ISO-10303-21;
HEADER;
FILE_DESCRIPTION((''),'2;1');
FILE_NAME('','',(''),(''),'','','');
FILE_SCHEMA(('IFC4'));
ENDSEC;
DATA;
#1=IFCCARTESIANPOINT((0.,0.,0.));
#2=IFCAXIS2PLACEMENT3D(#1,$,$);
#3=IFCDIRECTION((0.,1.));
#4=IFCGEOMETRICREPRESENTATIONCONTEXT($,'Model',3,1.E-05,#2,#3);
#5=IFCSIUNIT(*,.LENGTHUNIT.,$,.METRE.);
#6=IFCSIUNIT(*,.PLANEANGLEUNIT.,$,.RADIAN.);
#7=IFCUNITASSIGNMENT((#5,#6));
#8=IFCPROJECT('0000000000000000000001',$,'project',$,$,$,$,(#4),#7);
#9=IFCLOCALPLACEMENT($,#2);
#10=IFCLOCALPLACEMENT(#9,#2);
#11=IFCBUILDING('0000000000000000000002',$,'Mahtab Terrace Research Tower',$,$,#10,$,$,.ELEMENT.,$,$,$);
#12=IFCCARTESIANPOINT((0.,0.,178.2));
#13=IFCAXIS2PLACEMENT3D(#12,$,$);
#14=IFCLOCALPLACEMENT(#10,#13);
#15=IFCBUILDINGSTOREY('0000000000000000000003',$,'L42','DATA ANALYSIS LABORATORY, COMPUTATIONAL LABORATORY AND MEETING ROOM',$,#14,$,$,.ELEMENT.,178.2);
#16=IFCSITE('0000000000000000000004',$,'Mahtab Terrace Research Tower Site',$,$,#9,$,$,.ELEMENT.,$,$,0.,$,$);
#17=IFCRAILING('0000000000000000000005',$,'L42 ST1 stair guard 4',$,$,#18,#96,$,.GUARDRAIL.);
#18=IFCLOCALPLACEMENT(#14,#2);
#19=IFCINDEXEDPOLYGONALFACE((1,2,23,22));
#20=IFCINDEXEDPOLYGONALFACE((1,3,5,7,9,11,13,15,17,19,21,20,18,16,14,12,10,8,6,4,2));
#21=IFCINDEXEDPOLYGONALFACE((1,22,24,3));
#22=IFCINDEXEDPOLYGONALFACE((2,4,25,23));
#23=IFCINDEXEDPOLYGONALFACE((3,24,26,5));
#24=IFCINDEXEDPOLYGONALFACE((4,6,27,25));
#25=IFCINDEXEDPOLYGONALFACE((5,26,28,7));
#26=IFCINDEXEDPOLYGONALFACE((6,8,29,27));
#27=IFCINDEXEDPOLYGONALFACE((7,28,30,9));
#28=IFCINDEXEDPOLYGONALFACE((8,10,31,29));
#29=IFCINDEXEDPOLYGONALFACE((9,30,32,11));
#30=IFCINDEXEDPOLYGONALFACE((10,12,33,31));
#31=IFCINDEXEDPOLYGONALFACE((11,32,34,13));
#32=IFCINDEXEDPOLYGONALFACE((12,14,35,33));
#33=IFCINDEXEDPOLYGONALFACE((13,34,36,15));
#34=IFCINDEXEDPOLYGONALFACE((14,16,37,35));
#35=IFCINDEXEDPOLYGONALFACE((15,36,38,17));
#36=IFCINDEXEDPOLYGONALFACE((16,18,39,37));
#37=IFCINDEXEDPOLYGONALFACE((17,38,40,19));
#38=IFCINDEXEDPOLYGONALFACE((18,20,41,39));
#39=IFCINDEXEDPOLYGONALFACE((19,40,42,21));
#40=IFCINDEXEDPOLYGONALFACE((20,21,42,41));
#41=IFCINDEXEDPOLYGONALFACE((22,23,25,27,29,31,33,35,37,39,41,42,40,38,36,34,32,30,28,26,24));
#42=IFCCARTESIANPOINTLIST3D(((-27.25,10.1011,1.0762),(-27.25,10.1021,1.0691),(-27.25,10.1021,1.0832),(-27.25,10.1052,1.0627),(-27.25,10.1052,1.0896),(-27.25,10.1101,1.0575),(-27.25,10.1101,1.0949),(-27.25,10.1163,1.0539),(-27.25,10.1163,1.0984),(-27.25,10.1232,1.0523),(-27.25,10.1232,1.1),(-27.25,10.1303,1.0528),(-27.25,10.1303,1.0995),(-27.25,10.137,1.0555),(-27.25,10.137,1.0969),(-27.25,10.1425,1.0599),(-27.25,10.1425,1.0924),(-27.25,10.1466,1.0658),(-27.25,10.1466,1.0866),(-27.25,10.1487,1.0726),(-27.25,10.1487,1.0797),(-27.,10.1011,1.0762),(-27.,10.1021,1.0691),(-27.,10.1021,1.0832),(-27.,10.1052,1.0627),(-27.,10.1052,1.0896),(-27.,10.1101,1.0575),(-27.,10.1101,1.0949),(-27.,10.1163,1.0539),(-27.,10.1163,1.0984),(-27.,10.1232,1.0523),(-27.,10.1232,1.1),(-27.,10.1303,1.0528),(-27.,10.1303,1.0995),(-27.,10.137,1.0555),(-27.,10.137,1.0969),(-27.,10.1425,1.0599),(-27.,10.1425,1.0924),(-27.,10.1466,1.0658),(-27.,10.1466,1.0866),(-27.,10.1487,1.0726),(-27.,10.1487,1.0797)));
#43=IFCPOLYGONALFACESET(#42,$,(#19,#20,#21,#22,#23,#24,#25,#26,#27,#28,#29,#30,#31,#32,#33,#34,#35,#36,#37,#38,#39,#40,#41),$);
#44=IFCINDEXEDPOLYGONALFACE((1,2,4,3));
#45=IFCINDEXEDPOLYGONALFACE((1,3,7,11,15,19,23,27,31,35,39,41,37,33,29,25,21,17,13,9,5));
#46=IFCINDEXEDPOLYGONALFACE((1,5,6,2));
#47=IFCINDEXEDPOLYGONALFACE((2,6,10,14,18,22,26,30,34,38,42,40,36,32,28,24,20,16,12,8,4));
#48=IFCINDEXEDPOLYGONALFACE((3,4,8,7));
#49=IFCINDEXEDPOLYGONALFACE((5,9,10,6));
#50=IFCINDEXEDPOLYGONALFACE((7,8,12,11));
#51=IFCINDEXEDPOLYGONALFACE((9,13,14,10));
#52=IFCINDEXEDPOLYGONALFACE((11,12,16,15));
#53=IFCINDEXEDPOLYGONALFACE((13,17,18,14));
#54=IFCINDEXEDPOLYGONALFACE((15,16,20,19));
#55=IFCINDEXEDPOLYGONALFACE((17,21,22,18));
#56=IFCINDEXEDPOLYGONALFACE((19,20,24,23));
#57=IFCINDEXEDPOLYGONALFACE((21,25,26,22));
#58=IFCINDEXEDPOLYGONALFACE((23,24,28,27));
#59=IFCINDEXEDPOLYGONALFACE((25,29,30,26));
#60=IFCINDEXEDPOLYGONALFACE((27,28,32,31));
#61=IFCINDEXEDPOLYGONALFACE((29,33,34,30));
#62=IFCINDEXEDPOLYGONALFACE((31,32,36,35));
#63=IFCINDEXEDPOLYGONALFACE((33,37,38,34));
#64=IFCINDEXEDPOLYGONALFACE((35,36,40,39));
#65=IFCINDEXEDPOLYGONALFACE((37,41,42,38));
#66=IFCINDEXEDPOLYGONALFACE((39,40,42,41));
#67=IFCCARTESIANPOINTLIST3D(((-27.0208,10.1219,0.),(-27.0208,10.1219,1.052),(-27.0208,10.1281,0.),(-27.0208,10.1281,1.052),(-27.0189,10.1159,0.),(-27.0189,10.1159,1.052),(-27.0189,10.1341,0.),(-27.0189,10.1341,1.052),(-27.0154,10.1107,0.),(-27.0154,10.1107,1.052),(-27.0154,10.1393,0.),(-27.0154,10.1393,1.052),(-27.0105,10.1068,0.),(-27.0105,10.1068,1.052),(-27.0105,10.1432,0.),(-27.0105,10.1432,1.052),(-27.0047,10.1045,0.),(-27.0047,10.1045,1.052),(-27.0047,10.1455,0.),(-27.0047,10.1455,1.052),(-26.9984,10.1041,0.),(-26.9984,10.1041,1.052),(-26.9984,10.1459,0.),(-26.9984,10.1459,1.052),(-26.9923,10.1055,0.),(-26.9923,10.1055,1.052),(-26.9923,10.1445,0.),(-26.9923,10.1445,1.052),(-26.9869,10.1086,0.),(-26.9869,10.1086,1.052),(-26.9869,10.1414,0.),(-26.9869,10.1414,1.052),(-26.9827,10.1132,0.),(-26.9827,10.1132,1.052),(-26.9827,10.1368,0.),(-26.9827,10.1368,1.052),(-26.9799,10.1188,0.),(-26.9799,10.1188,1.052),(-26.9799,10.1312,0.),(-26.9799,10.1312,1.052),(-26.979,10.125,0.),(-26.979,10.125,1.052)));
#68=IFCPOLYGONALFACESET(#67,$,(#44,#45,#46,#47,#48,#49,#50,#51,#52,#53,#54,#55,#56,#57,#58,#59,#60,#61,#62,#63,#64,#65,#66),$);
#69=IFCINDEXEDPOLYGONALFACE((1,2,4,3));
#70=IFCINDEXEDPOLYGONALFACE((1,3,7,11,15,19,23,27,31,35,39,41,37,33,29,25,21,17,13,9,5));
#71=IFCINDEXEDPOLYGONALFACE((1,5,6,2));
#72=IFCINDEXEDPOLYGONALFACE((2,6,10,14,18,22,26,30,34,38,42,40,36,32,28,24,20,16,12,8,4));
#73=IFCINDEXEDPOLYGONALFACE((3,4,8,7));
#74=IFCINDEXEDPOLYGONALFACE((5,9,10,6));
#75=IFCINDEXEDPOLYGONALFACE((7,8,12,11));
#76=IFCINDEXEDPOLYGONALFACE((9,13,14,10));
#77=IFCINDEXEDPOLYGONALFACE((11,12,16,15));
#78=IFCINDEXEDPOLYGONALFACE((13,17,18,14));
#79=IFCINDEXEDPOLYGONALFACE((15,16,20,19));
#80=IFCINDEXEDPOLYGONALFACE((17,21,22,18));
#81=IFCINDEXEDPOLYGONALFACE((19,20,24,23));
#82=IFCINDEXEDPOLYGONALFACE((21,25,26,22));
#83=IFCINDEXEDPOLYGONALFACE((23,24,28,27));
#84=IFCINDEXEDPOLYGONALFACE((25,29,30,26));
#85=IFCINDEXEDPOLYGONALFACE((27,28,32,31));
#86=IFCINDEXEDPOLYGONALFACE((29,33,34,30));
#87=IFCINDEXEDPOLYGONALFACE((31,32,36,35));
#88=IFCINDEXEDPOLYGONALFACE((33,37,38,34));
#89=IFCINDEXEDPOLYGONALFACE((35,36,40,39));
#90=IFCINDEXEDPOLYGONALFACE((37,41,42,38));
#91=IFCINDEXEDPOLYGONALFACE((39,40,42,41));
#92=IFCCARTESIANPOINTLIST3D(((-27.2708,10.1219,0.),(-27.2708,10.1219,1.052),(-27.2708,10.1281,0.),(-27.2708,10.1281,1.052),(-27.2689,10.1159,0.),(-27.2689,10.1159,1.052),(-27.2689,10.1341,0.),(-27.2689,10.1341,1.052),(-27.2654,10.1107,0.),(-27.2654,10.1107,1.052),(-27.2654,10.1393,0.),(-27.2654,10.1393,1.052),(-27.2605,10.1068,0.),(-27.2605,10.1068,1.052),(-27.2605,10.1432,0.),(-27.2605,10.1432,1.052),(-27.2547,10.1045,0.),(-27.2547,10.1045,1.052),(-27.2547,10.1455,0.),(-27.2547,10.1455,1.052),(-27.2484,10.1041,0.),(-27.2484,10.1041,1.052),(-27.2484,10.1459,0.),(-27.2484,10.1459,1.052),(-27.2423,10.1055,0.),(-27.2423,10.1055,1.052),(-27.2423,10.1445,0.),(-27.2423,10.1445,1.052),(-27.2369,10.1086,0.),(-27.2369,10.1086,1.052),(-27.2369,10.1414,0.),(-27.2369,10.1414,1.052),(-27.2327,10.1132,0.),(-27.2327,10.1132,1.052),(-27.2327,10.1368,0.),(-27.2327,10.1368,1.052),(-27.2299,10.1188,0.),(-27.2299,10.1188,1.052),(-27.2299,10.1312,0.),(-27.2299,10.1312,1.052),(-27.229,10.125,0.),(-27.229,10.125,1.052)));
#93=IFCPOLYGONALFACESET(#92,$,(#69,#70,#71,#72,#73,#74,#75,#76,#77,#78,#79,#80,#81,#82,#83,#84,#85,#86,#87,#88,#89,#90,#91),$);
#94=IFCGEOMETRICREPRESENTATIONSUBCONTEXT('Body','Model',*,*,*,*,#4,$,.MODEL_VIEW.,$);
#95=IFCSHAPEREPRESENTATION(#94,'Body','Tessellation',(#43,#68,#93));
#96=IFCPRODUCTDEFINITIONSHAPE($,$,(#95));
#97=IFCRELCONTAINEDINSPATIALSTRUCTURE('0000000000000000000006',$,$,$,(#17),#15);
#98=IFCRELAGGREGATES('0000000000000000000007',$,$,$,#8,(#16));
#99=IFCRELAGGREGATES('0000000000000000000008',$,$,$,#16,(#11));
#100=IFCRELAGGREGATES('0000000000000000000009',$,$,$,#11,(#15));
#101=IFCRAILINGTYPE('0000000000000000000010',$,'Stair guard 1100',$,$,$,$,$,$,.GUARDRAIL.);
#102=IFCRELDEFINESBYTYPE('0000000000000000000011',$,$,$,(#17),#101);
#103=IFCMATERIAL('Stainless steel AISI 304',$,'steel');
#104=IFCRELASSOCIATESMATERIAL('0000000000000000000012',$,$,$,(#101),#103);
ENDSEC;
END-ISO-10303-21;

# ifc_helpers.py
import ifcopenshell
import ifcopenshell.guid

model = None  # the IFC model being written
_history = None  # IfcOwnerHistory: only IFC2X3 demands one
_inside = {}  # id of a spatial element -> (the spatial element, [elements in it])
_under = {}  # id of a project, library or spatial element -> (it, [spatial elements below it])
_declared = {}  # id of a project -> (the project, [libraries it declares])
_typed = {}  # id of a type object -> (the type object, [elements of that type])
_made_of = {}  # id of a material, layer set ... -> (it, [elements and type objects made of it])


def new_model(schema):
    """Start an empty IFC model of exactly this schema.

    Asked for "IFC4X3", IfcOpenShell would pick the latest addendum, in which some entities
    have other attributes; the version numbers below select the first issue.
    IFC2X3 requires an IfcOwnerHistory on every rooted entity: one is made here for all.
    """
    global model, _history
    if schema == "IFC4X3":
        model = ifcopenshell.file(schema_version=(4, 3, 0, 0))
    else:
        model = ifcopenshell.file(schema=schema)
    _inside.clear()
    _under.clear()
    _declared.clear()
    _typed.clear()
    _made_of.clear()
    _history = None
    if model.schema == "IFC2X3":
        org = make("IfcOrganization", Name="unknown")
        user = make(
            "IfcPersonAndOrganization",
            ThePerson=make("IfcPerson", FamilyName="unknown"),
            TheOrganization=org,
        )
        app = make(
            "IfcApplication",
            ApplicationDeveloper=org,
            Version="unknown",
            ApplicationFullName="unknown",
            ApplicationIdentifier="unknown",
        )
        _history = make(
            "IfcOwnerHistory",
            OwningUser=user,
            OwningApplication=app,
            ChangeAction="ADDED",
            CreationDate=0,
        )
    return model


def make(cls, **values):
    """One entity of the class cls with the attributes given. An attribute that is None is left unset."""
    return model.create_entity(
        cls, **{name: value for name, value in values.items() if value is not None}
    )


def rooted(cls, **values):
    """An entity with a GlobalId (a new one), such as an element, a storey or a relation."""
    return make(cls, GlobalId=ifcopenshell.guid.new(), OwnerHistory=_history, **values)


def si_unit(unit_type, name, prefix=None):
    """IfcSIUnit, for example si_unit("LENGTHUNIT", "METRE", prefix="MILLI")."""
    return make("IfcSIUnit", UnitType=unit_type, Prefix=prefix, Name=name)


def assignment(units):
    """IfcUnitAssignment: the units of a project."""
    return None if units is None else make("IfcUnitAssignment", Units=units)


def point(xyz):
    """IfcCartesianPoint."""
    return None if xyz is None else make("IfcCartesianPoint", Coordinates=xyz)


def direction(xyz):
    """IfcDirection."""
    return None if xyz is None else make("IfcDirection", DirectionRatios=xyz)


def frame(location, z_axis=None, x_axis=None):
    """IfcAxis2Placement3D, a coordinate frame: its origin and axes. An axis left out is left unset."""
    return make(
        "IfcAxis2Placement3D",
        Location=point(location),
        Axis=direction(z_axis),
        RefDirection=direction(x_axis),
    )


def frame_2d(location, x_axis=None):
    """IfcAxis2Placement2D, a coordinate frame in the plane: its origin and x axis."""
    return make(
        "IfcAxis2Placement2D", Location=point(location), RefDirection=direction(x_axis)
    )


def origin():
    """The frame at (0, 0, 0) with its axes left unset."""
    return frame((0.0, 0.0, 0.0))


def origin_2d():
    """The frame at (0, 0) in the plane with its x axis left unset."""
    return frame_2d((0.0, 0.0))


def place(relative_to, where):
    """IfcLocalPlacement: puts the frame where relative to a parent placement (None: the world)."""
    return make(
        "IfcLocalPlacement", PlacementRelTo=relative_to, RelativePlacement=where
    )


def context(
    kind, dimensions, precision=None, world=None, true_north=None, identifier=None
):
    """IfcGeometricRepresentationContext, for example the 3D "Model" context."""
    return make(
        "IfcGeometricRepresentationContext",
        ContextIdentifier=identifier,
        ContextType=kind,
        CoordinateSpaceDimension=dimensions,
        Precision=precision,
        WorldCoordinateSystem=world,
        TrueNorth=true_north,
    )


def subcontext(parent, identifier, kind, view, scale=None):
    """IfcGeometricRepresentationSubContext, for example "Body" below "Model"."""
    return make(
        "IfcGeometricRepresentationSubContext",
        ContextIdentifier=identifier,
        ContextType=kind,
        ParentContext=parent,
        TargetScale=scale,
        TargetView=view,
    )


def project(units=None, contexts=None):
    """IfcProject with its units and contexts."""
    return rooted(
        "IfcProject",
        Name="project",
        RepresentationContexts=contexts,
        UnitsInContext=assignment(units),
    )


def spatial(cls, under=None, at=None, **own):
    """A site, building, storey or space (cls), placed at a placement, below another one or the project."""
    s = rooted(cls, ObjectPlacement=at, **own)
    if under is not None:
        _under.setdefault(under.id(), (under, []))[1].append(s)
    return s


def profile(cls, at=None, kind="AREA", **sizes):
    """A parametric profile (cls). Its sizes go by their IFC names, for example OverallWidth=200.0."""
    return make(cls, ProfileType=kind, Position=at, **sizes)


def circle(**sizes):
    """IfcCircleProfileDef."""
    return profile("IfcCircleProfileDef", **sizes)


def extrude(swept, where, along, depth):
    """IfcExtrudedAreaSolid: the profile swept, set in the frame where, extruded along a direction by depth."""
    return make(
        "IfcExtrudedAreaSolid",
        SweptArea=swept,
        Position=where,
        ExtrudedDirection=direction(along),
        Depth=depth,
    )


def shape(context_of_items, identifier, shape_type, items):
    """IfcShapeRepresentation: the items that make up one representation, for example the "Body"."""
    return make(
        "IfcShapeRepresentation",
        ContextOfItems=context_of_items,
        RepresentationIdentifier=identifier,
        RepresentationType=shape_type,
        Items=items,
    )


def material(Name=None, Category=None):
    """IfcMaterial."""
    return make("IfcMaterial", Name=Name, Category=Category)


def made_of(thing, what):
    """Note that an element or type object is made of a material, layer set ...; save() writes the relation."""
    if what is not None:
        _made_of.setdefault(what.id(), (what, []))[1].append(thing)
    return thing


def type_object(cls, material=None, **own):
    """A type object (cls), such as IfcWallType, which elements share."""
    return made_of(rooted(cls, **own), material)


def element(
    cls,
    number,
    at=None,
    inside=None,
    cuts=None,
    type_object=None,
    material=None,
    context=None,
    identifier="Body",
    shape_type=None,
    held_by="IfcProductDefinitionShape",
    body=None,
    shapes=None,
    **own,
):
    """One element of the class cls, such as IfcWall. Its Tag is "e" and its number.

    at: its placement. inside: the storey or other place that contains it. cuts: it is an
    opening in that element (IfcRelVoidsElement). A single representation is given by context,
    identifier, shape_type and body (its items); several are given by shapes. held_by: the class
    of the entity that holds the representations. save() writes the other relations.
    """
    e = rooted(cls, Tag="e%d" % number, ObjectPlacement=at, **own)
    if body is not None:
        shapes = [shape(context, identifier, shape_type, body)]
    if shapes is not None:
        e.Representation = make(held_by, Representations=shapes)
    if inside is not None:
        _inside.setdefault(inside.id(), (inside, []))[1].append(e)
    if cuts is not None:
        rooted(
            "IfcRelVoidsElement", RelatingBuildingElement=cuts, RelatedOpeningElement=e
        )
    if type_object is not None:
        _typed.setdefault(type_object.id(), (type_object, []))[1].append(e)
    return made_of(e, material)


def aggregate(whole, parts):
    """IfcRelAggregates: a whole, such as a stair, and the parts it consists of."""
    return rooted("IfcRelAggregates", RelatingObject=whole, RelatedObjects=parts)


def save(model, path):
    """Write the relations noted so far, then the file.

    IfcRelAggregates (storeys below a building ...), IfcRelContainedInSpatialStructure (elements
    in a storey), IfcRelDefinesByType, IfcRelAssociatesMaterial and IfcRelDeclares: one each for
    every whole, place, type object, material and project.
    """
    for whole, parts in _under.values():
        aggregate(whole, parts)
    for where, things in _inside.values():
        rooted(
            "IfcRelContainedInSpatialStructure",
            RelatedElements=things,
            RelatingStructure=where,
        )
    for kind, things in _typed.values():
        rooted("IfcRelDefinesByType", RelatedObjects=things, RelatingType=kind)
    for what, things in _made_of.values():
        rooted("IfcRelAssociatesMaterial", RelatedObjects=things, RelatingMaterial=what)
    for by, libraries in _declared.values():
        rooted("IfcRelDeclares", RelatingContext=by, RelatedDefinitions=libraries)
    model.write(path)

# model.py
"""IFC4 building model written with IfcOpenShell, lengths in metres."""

from ifc_helpers import new_model, si_unit, direction, frame, origin, origin_2d, place, context, subcontext, project, spatial, circle, extrude, material, type_object, element, save


model = new_model("IFC4")

# Units and contexts
model_context = context("Model", 3, precision=1e-05, world=origin(), true_north=direction((0.0, 1.0)))
body_context = subcontext(model_context, "Body", "Model", "MODEL_VIEW")
ifc_project = project(units=[si_unit("LENGTHUNIT", "METRE"), si_unit("PLANEANGLEUNIT", "RADIAN")], contexts=[model_context])

# Site, building, storey
site_placement = place(None, origin())
site = spatial("IfcSite", under=ifc_project, at=site_placement, Name="Mahtab Terrace Research Tower Site", CompositionType="ELEMENT", RefElevation=0.0)
building_placement = place(site_placement, origin())
building = spatial("IfcBuilding", under=site, at=building_placement, Name="Mahtab Terrace Research Tower", CompositionType="ELEMENT")
storey_placement = place(building_placement, frame((0.0, 0.0, 178.2)))
storey = spatial("IfcBuildingStorey", under=building, at=storey_placement, Name="L42", Description="DATA ANALYSIS LABORATORY, COMPUTATIONAL LABORATORY AND MEETING ROOM", CompositionType="ELEMENT", Elevation=178.2)

# Railing
ifc_material_1 = material(Name="Stainless steel AISI 304", Category="steel")
railing_type_1 = type_object("IfcRailingType", Name="Stair guard 1100", PredefinedType="GUARDRAIL", material=ifc_material_1)
railing_1_placement = place(storey_placement, frame((-27.0, 10.125, 0.0)))
element("IfcRailing", 1, at=railing_1_placement, inside=storey, type_object=railing_type_1, Name="L42 ST1 stair guard 4", PredefinedType="GUARDRAIL", context=body_context, shape_type="SweptSolid", body=[
    extrude(circle(Radius=0.0239, at=origin_2d()), frame((0.0, 0.0, 1.0762), z_axis=(-1.0, 0.0, 0.0), x_axis=(0.0, -1.0, 0.0)), (0.0, 0.0, 1.0), 0.25),
    extrude(circle(Radius=0.021, at=origin_2d()), origin(), (0.0, 0.0, 1.0), 1.052),
    extrude(circle(Radius=0.021, at=origin_2d()), frame((-0.25, 0.0, 0.0)), (0.0, 0.0, 1.0), 1.052),
])

save(model, "model.ifc")
